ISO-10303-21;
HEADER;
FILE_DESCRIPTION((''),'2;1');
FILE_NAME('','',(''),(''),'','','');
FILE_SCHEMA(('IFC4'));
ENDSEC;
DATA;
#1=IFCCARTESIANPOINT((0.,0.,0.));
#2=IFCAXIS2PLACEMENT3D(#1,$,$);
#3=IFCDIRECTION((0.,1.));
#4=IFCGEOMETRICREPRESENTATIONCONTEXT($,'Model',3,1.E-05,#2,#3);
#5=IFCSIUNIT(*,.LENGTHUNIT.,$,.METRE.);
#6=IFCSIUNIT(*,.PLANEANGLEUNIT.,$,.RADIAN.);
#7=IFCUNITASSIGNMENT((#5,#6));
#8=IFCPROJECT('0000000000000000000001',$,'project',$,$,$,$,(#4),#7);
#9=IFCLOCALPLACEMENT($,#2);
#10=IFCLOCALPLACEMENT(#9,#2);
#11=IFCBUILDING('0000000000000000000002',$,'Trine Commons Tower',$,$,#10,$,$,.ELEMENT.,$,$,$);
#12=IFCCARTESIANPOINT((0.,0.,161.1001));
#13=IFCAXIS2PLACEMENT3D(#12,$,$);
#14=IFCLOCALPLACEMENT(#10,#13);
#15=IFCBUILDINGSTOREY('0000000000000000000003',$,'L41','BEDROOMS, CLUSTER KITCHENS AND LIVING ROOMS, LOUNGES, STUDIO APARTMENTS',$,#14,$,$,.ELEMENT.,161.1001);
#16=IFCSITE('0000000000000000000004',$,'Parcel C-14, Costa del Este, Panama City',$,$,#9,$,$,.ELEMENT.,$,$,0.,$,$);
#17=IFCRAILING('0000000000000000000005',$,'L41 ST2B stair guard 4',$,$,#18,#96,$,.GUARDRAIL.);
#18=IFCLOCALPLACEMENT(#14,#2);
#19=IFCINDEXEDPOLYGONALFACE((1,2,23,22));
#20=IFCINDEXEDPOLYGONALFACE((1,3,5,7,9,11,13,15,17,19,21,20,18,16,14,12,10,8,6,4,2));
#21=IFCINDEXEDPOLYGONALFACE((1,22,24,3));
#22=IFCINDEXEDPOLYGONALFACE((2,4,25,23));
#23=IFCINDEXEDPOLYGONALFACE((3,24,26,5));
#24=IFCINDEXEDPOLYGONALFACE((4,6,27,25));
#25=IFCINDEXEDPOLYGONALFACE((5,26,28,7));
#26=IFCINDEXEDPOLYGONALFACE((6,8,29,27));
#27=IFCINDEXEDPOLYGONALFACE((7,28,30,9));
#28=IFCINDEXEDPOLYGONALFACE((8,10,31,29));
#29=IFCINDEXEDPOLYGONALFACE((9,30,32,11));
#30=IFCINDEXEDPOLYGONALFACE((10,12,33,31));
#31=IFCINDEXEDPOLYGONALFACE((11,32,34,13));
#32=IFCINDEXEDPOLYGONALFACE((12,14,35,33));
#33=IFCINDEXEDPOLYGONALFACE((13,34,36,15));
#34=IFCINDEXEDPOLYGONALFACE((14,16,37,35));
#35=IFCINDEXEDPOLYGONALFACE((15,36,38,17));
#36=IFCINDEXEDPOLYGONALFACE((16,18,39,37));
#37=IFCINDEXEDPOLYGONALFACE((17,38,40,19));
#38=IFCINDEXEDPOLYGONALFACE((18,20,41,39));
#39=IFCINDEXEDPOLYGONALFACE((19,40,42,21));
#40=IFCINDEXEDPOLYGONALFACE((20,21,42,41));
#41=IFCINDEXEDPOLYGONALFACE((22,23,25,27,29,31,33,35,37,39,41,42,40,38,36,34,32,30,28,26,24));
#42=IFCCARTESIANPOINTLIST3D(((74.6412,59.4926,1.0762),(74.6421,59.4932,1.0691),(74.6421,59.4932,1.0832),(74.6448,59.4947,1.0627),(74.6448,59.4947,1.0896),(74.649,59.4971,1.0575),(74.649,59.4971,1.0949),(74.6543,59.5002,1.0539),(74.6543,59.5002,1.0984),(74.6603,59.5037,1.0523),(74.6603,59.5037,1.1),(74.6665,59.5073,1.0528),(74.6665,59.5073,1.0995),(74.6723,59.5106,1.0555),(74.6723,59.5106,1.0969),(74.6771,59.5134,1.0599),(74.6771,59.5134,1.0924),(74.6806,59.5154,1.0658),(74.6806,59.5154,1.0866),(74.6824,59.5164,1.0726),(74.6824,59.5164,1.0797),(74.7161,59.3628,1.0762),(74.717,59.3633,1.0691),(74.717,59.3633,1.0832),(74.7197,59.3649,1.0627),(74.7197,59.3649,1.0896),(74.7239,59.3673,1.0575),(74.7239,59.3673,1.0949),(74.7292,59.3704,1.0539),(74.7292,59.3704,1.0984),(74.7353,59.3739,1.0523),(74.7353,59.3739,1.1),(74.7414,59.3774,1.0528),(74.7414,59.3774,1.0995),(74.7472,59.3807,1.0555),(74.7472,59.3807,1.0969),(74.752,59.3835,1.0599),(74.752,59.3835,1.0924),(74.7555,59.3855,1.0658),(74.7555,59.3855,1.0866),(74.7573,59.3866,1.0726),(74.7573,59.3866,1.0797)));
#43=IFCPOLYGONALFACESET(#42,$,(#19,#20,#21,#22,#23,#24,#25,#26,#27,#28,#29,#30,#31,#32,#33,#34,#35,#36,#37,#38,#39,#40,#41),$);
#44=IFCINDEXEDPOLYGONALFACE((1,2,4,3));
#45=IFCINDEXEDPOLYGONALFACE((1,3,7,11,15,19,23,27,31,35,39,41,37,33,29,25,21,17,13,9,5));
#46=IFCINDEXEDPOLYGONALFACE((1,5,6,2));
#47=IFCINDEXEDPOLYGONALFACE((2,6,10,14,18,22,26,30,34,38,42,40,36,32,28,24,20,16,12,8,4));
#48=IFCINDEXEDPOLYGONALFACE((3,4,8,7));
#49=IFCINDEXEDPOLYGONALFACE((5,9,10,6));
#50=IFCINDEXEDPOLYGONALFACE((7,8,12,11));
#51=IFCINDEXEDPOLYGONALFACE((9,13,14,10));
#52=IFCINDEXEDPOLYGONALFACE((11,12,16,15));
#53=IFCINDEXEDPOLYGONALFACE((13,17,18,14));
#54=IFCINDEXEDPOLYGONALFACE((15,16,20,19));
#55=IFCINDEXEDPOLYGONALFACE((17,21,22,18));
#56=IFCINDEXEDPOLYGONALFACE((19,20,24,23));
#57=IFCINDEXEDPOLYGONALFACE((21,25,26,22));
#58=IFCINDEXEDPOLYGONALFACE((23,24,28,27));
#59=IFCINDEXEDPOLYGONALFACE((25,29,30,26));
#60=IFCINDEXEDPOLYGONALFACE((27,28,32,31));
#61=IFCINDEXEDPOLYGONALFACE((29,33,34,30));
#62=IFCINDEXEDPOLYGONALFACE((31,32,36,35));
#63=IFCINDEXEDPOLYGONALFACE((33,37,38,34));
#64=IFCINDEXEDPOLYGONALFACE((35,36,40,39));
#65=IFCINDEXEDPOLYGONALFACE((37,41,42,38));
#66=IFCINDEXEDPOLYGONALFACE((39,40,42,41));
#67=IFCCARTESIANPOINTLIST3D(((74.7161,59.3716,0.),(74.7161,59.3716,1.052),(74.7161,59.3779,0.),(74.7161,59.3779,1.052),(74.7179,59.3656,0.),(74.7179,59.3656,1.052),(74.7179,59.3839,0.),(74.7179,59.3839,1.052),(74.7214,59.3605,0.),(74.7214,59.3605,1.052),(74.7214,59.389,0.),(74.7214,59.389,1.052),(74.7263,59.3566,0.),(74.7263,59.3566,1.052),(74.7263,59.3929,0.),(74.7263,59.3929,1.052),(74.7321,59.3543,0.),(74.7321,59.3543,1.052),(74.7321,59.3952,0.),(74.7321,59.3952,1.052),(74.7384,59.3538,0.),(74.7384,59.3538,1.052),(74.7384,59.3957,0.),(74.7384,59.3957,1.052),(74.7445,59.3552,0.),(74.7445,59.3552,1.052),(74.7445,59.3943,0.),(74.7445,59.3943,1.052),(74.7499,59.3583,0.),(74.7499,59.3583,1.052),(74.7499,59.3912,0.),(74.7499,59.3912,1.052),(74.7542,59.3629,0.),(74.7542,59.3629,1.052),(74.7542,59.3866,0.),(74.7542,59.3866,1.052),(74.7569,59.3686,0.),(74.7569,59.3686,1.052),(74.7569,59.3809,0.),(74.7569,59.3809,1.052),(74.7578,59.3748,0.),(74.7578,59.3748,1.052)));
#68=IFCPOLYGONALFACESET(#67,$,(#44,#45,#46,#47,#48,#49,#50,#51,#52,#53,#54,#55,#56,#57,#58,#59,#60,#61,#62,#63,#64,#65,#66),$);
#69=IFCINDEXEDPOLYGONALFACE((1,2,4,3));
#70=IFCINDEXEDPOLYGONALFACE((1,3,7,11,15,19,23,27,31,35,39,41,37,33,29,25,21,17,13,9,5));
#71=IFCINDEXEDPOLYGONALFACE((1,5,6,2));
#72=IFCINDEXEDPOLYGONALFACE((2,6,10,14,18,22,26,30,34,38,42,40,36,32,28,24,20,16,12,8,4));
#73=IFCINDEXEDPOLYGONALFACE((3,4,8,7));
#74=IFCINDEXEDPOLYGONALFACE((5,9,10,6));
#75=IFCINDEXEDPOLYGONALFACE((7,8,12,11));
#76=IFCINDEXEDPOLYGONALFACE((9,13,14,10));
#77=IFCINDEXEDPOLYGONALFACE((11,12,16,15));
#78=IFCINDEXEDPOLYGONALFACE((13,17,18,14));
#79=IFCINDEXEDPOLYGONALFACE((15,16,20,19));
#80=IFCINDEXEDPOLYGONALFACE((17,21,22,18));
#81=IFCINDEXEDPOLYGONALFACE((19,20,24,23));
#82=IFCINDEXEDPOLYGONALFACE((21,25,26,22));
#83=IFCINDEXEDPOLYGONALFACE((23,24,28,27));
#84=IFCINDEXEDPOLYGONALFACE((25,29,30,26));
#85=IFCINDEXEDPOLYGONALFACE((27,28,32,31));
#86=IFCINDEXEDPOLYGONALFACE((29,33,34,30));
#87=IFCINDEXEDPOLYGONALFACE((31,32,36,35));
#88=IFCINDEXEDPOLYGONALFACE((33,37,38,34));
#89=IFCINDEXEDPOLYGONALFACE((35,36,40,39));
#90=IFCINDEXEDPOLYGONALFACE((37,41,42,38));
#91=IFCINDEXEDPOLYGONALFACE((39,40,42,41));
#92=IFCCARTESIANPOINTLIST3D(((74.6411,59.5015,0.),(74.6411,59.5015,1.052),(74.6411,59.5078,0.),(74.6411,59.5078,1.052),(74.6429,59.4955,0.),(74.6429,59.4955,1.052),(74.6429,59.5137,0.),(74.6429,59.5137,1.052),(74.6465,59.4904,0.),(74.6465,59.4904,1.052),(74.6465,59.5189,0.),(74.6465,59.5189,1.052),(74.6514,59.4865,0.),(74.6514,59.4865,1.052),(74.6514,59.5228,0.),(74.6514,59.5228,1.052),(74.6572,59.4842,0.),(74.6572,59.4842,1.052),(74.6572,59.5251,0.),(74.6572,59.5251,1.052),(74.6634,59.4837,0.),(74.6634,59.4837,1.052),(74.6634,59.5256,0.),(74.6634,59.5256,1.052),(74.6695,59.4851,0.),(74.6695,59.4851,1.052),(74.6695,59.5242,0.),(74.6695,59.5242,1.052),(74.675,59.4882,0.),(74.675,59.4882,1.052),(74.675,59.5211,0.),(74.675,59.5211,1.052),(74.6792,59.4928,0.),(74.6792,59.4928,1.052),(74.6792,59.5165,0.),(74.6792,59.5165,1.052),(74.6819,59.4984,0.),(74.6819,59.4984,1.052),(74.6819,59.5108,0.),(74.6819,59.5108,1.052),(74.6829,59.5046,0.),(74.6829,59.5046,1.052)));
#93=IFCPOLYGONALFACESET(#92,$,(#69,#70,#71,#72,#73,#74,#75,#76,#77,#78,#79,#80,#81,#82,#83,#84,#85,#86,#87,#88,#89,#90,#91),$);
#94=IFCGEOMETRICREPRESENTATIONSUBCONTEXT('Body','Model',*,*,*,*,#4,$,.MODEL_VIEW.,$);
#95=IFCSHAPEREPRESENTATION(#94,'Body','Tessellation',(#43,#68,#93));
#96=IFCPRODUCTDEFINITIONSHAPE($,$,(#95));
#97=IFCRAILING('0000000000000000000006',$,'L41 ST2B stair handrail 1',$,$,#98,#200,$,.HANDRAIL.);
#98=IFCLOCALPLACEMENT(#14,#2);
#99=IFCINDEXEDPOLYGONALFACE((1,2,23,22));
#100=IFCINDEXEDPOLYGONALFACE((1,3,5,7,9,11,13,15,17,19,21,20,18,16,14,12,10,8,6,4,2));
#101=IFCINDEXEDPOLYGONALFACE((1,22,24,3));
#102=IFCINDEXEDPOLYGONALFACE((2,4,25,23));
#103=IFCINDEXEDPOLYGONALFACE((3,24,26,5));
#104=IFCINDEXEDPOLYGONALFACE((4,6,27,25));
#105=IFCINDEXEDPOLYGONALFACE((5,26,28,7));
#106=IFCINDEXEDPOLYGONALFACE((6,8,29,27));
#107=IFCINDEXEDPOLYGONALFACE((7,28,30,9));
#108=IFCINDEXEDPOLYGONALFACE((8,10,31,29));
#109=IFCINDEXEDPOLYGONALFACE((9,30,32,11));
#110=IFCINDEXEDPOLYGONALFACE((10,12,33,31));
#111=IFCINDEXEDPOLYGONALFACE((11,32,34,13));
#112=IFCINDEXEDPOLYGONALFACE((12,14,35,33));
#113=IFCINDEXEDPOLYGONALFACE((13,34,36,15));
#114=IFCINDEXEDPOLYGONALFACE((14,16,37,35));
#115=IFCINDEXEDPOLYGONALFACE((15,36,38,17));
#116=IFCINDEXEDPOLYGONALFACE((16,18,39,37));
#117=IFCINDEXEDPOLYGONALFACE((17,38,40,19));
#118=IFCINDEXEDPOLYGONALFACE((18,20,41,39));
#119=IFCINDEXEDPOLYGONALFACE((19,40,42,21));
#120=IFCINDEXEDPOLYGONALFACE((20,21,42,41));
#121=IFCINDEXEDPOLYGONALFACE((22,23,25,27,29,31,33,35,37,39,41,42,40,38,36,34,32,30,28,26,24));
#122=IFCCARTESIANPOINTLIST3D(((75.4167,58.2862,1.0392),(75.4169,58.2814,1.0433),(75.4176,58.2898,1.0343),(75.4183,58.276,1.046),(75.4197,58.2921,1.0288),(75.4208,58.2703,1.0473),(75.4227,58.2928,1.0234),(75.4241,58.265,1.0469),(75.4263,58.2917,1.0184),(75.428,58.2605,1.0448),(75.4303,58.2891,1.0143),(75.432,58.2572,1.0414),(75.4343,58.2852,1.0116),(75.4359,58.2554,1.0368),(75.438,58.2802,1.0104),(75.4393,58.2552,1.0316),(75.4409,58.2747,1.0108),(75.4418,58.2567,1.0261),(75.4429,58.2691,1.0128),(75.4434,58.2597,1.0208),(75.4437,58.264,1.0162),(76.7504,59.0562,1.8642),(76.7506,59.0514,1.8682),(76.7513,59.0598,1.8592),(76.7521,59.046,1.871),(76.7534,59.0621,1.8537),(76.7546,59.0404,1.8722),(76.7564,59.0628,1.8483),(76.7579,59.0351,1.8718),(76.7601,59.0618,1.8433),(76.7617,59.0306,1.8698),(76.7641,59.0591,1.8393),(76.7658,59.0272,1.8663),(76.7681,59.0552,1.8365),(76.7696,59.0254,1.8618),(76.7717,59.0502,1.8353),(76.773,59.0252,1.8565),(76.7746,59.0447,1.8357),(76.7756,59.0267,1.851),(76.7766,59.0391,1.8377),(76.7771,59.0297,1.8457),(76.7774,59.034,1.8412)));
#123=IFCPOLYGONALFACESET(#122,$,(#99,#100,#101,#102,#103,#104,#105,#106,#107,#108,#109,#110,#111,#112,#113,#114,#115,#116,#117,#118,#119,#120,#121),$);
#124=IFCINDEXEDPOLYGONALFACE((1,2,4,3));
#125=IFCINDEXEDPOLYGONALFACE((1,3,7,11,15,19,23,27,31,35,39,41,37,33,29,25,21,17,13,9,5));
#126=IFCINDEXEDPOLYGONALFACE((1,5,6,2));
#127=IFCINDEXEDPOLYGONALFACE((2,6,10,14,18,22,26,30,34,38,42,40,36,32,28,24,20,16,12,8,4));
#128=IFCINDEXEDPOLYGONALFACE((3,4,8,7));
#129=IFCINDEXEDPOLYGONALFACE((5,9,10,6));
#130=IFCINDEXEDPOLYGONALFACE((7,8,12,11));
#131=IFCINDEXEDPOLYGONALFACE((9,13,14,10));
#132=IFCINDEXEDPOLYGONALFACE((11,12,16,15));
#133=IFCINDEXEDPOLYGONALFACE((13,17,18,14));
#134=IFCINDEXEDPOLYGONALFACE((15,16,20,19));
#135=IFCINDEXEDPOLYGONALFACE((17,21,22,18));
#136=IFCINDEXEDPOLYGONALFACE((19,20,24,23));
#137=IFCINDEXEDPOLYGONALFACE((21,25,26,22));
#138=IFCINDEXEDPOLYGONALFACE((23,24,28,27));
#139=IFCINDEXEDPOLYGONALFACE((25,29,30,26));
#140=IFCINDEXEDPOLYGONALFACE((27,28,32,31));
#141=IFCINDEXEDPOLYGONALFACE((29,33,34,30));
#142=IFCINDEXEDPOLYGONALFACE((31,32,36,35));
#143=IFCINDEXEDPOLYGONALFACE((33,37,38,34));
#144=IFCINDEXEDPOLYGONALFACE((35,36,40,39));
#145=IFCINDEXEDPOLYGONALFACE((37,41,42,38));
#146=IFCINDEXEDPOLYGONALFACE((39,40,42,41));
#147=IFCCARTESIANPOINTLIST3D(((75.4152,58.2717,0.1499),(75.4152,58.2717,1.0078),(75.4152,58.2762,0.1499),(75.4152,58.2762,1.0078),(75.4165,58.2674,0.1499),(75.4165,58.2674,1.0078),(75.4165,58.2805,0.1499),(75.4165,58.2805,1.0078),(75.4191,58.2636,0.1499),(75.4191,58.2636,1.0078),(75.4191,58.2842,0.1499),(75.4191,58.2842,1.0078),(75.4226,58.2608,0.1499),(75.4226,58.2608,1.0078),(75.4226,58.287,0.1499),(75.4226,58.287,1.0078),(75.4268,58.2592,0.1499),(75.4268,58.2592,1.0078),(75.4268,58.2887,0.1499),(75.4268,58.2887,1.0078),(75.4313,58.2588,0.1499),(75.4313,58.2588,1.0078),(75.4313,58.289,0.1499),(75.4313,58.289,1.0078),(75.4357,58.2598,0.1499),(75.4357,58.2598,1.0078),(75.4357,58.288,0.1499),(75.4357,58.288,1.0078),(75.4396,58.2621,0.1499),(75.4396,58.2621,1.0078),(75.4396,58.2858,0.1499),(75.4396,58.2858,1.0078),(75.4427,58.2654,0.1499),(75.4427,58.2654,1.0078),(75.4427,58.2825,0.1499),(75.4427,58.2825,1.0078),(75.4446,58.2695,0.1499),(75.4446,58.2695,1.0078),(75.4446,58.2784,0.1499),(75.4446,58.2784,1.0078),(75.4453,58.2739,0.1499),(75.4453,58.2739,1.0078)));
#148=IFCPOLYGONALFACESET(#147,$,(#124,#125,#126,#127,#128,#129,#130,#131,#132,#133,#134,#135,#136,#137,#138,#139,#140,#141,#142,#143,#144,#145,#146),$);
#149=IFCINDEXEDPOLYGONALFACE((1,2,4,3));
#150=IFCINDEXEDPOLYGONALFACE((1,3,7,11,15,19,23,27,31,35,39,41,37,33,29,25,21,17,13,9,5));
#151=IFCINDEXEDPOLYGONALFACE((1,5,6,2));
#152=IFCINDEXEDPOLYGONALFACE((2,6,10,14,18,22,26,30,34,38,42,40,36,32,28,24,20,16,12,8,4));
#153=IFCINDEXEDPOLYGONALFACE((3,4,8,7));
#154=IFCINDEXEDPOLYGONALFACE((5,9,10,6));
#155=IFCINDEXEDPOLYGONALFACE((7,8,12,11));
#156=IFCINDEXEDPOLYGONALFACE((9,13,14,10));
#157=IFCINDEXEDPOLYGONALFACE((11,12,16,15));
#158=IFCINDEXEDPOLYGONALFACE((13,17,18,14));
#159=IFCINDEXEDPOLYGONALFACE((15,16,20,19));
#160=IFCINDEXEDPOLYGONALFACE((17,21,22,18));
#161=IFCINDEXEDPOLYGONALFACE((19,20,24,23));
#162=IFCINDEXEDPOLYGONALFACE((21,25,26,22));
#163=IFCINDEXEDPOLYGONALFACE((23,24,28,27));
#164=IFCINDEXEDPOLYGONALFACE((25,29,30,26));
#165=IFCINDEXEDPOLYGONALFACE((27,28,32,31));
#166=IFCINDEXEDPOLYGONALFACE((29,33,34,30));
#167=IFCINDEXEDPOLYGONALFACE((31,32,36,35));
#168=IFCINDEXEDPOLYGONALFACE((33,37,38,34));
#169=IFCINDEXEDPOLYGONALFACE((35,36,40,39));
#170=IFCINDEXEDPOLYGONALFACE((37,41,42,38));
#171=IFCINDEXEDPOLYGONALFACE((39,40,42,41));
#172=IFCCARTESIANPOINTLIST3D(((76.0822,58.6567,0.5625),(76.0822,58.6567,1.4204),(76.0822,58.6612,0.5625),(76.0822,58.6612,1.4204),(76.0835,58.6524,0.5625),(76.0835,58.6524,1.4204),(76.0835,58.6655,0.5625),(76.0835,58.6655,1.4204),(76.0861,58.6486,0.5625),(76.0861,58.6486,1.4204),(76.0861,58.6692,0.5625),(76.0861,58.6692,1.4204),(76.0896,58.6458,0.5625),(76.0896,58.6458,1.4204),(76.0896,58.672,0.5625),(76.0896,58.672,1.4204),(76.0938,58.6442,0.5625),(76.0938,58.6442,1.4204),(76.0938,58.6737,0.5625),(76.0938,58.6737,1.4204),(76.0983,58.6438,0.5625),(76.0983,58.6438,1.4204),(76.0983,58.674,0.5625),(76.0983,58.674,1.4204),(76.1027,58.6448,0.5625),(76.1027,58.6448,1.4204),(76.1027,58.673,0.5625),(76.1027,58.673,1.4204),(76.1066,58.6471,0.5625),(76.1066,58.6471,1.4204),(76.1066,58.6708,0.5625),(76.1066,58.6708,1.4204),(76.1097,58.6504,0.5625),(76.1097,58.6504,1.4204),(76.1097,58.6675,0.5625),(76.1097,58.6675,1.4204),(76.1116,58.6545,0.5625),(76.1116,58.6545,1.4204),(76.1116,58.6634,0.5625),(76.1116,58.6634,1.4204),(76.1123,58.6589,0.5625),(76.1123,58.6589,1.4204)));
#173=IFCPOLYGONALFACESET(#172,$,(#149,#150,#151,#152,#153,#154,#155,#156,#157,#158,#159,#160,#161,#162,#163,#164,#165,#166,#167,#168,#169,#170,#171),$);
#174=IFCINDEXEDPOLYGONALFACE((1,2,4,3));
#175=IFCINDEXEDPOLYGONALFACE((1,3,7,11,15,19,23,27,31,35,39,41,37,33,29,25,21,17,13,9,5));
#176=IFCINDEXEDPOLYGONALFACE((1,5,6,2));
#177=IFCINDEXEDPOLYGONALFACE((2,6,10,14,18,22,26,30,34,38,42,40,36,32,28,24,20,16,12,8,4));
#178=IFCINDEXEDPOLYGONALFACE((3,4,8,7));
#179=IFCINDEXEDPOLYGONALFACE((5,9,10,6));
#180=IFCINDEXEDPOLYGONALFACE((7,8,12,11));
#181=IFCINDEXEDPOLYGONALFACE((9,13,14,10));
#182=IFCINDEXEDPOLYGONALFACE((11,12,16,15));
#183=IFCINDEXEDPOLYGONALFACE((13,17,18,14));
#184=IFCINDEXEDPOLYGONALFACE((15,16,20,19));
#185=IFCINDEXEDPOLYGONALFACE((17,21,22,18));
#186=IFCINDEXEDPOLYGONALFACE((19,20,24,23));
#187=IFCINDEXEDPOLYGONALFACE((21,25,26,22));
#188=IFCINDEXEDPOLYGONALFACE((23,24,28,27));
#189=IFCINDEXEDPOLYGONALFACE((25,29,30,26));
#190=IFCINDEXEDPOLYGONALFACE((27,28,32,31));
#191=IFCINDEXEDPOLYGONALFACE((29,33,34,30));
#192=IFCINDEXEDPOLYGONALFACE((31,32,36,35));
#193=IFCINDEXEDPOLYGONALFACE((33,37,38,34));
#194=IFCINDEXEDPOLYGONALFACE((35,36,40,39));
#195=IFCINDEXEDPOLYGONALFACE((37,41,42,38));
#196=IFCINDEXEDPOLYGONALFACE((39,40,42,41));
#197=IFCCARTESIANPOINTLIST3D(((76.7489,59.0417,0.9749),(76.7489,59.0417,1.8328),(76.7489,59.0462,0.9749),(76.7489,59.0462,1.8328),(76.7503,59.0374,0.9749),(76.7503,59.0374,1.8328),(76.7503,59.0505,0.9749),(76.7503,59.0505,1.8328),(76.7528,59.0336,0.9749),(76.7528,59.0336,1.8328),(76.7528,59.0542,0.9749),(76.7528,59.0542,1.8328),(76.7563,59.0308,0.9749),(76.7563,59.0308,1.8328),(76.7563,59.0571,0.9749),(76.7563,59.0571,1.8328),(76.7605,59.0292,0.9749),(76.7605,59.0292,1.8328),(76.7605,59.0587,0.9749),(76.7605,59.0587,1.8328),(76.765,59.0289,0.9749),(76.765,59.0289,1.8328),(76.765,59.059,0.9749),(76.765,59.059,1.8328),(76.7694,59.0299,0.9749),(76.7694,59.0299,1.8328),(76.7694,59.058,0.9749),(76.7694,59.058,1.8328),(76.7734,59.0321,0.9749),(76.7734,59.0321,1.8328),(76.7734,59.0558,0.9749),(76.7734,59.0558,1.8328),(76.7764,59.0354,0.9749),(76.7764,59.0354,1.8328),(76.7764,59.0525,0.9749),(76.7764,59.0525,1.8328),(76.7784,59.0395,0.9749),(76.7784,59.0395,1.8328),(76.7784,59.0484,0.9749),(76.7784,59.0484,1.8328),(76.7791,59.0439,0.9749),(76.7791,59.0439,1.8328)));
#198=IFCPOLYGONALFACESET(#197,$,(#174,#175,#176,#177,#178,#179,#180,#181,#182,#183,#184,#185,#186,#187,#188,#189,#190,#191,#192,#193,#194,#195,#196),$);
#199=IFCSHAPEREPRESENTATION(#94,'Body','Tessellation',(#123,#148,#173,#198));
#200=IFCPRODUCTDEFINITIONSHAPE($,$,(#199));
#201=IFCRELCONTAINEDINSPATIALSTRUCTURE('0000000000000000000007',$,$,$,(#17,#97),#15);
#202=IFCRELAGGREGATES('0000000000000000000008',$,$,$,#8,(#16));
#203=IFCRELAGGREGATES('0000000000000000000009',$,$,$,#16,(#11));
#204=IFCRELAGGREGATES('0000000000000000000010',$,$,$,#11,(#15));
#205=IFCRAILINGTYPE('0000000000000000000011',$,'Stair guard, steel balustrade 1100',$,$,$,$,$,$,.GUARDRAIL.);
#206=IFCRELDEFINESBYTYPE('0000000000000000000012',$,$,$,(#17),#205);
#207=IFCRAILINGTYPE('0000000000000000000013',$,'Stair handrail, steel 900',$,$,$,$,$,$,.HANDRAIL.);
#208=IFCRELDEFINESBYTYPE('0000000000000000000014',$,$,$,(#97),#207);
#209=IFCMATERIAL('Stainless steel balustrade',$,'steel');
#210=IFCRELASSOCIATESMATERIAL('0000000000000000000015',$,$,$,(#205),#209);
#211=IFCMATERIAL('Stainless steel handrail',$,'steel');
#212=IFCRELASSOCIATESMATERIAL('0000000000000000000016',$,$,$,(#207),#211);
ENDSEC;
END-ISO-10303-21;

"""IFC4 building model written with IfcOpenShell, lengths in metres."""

from ifc_helpers import new_model, si_unit, direction, frame, origin, origin_2d, place, context, subcontext, project, spatial, circle, extrude, material, type_object, element, save


model = new_model("IFC4")

# Units and contexts
model_context = context("Model", 3, precision=1e-05, world=origin(), true_north=direction((0.0, 1.0)))
body_context = subcontext(model_context, "Body", "Model", "MODEL_VIEW")
ifc_project = project(units=[si_unit("LENGTHUNIT", "METRE"), si_unit("PLANEANGLEUNIT", "RADIAN")], contexts=[model_context])

# Site, building, storey
site_placement = place(None, origin())
site = spatial("IfcSite", under=ifc_project, at=site_placement, Name="Parcel C-14, Costa del Este, Panama City", CompositionType="ELEMENT", RefElevation=0.0)
building_placement = place(site_placement, origin())
building = spatial("IfcBuilding", under=site, at=building_placement, Name="Trine Commons Tower", CompositionType="ELEMENT")
storey_placement = place(building_placement, frame((0.0, 0.0, 161.1001)))
storey = spatial("IfcBuildingStorey", under=building, at=storey_placement, Name="L41", Description="BEDROOMS, CLUSTER KITCHENS AND LIVING ROOMS, LOUNGES, STUDIO APARTMENTS", CompositionType="ELEMENT", Elevation=161.1001)

# Railings
ifc_material_1 = material(Name="Stainless steel balustrade", Category="steel")
railing_type_1 = type_object("IfcRailingType", Name="Stair guard, steel balustrade 1100", PredefinedType="GUARDRAIL", material=ifc_material_1)
railing_1_placement = place(storey_placement, frame((74.7368, 59.3748, 0.0)))
element("IfcRailing", 1, at=railing_1_placement, inside=storey, type_object=railing_type_1, Name="L41 ST2B stair guard 4", PredefinedType="GUARDRAIL", context=body_context, shape_type="SweptSolid", body=[
    extrude(circle(Radius=0.0239, at=origin_2d()), frame((0.0, 0.0, 1.0762), z_axis=(-0.499816, 0.866131, 0.0), x_axis=(-0.866131, -0.499816, 0.0)), (0.0, 0.0, 1.0), 0.1499),
    extrude(circle(Radius=0.021, at=origin_2d()), origin(), (0.0, 0.0, 1.0), 1.052),
    extrude(circle(Radius=0.021, at=origin_2d()), frame((-0.075, 0.1299, 0.0)), (0.0, 0.0, 1.0), 1.052),
])
ifc_material_2 = material(Name="Stainless steel handrail", Category="steel")
railing_type_2 = type_object("IfcRailingType", Name="Stair handrail, steel 900", PredefinedType="HANDRAIL", material=ifc_material_2)
railing_2_placement = place(storey_placement, frame((75.4302, 58.2739, 0.1499)))
element("IfcRailing", 2, at=railing_2_placement, inside=storey, type_object=railing_type_2, Name="L41 ST2B stair handrail 1", PredefinedType="HANDRAIL", context=body_context, shape_type="SweptSolid", body=[
    extrude(circle(Radius=0.021, at=origin_2d()), frame((0.0, 0.0, 0.8789), z_axis=(0.763405, 0.440743, 0.472185), x_axis=(-0.499992, 0.86603, 0.0)), (0.0, 0.0, 1.0), 1.7471),
    extrude(circle(Radius=0.0151, at=origin_2d()), origin(), (0.0, 0.0, 1.0), 0.8579),
    extrude(circle(Radius=0.0151, at=origin_2d()), frame((0.667, 0.385, 0.4126)), (0.0, 0.0, 1.0), 0.8579),
    extrude(circle(Radius=0.0151, at=origin_2d()), frame((1.3337, 0.77, 0.825)), (0.0, 0.0, 1.0), 0.8579),
])

save(model, "model.ifc")
